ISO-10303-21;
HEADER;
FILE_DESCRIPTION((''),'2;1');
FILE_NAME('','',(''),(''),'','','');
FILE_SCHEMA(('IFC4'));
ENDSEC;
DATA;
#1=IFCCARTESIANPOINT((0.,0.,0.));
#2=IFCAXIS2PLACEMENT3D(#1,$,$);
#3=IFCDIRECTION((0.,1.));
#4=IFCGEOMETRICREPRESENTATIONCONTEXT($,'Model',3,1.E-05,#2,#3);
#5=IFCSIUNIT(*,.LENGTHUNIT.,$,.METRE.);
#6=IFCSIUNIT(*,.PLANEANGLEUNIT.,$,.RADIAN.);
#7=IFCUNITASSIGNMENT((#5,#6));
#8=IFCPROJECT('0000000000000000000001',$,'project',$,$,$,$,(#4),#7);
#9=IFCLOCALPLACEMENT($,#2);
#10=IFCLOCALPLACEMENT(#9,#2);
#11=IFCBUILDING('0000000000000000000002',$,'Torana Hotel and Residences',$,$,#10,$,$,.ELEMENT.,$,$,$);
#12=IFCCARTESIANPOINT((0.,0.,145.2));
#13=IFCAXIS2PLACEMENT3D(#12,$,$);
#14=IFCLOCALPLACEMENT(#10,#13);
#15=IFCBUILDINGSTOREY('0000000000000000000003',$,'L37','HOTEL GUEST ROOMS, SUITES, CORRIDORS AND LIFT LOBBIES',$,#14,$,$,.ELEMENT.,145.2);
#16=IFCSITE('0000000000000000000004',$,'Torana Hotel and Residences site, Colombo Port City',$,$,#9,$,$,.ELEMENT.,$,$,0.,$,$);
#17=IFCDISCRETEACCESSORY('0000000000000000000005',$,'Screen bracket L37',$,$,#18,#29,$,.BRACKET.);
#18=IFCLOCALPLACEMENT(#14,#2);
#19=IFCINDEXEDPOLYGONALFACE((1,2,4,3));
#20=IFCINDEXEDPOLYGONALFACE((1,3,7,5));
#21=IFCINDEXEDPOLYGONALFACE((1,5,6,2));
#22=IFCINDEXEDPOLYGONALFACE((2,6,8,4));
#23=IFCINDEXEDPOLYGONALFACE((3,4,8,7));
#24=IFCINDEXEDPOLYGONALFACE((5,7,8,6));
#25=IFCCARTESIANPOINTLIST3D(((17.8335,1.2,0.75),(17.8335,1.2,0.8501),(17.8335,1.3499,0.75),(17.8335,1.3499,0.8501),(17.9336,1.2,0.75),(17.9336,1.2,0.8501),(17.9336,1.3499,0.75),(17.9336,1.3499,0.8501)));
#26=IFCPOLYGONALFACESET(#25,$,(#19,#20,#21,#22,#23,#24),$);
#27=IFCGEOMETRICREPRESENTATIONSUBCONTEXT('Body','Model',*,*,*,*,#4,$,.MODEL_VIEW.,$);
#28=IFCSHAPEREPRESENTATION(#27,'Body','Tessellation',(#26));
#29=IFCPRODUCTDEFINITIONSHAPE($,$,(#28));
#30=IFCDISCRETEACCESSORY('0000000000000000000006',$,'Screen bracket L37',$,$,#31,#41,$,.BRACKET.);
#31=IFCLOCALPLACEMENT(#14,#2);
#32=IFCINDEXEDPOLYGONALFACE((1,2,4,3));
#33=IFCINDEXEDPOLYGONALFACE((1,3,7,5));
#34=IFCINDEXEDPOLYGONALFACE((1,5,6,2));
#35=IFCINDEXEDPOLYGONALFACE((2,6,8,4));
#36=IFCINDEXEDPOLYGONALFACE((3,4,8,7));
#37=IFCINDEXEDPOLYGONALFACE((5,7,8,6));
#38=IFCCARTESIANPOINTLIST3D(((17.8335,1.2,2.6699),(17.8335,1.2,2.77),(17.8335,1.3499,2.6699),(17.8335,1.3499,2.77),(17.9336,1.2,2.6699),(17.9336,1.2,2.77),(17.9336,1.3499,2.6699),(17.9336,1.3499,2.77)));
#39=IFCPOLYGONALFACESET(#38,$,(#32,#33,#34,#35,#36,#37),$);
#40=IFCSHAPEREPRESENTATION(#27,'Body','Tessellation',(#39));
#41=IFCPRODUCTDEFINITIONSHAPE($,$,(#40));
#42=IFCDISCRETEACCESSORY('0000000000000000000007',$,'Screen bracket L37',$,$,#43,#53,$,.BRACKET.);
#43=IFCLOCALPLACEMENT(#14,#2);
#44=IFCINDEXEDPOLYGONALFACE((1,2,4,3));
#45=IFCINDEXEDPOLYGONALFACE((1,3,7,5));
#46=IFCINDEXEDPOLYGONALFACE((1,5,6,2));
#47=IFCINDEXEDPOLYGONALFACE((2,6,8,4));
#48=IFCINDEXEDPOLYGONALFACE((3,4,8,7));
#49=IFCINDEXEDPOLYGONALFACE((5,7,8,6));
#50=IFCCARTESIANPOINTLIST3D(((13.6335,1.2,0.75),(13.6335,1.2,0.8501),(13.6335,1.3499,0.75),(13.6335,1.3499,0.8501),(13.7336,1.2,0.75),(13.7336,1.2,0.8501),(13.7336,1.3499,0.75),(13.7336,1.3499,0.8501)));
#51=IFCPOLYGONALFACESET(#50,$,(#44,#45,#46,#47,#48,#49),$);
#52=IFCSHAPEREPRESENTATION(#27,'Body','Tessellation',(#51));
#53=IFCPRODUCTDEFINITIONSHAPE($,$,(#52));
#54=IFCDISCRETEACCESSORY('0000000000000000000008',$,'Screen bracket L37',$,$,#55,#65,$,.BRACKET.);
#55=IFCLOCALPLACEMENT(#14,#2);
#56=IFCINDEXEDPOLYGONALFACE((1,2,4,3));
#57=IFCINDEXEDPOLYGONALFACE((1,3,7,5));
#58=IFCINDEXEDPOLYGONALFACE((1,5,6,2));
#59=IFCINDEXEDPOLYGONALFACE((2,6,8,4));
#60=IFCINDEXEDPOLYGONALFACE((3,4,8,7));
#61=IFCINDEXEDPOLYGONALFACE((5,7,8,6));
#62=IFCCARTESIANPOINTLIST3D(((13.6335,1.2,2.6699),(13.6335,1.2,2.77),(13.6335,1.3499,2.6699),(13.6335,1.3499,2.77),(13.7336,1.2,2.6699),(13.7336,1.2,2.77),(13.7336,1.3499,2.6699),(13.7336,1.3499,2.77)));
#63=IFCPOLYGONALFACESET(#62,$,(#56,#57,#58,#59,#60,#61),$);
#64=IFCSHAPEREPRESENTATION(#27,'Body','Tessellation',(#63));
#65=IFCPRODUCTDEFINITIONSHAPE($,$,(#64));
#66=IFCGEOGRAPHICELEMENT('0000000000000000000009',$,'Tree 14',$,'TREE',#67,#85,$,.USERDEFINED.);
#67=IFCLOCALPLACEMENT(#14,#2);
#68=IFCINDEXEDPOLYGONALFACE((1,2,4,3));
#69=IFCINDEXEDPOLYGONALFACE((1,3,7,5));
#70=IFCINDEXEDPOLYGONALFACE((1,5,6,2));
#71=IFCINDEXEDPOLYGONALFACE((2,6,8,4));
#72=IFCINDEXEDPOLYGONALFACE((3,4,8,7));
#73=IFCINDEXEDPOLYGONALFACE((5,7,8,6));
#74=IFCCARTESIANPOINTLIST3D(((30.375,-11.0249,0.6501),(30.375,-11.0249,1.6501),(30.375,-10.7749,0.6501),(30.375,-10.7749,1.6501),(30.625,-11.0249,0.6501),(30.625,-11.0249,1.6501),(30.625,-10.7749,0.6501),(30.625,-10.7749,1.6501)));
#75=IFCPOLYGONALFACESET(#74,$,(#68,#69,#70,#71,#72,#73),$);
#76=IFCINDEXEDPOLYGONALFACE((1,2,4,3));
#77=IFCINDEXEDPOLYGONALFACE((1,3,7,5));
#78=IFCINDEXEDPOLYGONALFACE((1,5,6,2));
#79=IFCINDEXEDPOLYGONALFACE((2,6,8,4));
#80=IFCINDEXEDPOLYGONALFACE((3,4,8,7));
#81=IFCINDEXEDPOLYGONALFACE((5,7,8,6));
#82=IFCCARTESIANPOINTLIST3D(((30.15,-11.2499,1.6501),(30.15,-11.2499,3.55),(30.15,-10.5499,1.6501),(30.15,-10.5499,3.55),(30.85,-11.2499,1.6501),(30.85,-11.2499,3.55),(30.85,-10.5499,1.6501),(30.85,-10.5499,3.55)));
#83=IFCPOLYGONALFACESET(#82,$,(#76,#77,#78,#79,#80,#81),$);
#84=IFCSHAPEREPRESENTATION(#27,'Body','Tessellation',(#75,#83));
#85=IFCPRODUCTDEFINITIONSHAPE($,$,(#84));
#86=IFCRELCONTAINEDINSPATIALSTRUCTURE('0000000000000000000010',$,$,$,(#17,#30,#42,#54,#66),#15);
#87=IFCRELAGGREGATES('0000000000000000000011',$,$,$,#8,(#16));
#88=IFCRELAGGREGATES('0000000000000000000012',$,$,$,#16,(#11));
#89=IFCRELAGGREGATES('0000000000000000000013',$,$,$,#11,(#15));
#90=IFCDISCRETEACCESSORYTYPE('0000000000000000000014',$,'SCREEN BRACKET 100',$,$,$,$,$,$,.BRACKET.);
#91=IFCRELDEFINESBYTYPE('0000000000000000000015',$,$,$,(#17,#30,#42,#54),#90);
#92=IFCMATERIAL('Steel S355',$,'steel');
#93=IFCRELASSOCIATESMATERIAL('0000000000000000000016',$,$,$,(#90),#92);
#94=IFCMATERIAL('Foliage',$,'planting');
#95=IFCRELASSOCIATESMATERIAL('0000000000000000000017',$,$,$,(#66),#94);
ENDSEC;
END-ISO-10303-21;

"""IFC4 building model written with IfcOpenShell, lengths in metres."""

from ifc_helpers import new_model, si_unit, direction, frame, origin, origin_2d, place, context, subcontext, project, spatial, rectangle, extrude, material, type_object, element, save


model = new_model("IFC4")

# Units and contexts
model_context = context("Model", 3, precision=1e-05, world=origin(), true_north=direction((0.0, 1.0)))
body_context = subcontext(model_context, "Body", "Model", "MODEL_VIEW")
ifc_project = project(units=[si_unit("LENGTHUNIT", "METRE"), si_unit("PLANEANGLEUNIT", "RADIAN")], contexts=[model_context])

# Site, building, storey
site_placement = place(None, origin())
site = spatial("IfcSite", under=ifc_project, at=site_placement, Name="Torana Hotel and Residences site, Colombo Port City", CompositionType="ELEMENT", RefElevation=0.0)
building_placement = place(site_placement, origin())
building = spatial("IfcBuilding", under=site, at=building_placement, Name="Torana Hotel and Residences", CompositionType="ELEMENT")
storey_placement = place(building_placement, frame((0.0, 0.0, 145.2)))
storey = spatial("IfcBuildingStorey", under=building, at=storey_placement, Name="L37", Description="HOTEL GUEST ROOMS, SUITES, CORRIDORS AND LIFT LOBBIES", CompositionType="ELEMENT", Elevation=145.2)

# Discrete accessories
ifc_material_1 = material(Name="Steel S355", Category="steel")
discrete_accessory_type = type_object("IfcDiscreteAccessoryType", Name="SCREEN BRACKET 100", PredefinedType="BRACKET", material=ifc_material_1)
for number, where, z_axis, x_axis, name in (
    (1, (17.8835, 1.2749, 0.75), (0.0, 0.0, 1.0), (-1.0, 0.0, 0.0), "Screen bracket L37"),
    (2, (17.8835, 1.2749, 2.6699), (0.0, 0.0, 1.0), (-1.0, 0.0, 0.0), "Screen bracket L37"),
    (3, (13.6836, 1.2749, 0.75), (0.0, 0.0, 1.0), (-1.0, 0.0, 0.0), "Screen bracket L37"),
    (4, (13.6836, 1.2749, 2.6699), (0.0, 0.0, 1.0), (-1.0, 0.0, 0.0), "Screen bracket L37"),
):
    element("IfcDiscreteAccessory", number, at=place(storey_placement, frame(where, z_axis=z_axis, x_axis=x_axis)), inside=storey, type_object=discrete_accessory_type, Name=name, PredefinedType="BRACKET", context=body_context, shape_type="SweptSolid", body=[
        extrude(rectangle(XDim=0.1001, YDim=0.1499, at=origin_2d()), origin(), (0.0, 0.0, 1.0), 0.1001),
    ])

# Geographic element
ifc_material_2 = material(Name="Foliage", Category="planting")
geographic_element_placement = place(storey_placement, frame((30.5, -10.8999, 0.6501), z_axis=(0.0, 0.0, 1.0), x_axis=(1.0, 0.0, 0.0)))
element("IfcGeographicElement", 5, at=geographic_element_placement, inside=storey, material=ifc_material_2, Name="Tree 14", ObjectType="TREE", PredefinedType="USERDEFINED", context=body_context, shape_type="SweptSolid", body=[
    extrude(rectangle(XDim=0.25, YDim=0.25, at=origin_2d()), origin(), (0.0, 0.0, 1.0), 1.0),
    extrude(rectangle(XDim=0.7, YDim=0.7, at=origin_2d()), frame((0.0, 0.0, 1.0)), (0.0, 0.0, 1.0), 1.8999),
])

save(model, "model.ifc")
